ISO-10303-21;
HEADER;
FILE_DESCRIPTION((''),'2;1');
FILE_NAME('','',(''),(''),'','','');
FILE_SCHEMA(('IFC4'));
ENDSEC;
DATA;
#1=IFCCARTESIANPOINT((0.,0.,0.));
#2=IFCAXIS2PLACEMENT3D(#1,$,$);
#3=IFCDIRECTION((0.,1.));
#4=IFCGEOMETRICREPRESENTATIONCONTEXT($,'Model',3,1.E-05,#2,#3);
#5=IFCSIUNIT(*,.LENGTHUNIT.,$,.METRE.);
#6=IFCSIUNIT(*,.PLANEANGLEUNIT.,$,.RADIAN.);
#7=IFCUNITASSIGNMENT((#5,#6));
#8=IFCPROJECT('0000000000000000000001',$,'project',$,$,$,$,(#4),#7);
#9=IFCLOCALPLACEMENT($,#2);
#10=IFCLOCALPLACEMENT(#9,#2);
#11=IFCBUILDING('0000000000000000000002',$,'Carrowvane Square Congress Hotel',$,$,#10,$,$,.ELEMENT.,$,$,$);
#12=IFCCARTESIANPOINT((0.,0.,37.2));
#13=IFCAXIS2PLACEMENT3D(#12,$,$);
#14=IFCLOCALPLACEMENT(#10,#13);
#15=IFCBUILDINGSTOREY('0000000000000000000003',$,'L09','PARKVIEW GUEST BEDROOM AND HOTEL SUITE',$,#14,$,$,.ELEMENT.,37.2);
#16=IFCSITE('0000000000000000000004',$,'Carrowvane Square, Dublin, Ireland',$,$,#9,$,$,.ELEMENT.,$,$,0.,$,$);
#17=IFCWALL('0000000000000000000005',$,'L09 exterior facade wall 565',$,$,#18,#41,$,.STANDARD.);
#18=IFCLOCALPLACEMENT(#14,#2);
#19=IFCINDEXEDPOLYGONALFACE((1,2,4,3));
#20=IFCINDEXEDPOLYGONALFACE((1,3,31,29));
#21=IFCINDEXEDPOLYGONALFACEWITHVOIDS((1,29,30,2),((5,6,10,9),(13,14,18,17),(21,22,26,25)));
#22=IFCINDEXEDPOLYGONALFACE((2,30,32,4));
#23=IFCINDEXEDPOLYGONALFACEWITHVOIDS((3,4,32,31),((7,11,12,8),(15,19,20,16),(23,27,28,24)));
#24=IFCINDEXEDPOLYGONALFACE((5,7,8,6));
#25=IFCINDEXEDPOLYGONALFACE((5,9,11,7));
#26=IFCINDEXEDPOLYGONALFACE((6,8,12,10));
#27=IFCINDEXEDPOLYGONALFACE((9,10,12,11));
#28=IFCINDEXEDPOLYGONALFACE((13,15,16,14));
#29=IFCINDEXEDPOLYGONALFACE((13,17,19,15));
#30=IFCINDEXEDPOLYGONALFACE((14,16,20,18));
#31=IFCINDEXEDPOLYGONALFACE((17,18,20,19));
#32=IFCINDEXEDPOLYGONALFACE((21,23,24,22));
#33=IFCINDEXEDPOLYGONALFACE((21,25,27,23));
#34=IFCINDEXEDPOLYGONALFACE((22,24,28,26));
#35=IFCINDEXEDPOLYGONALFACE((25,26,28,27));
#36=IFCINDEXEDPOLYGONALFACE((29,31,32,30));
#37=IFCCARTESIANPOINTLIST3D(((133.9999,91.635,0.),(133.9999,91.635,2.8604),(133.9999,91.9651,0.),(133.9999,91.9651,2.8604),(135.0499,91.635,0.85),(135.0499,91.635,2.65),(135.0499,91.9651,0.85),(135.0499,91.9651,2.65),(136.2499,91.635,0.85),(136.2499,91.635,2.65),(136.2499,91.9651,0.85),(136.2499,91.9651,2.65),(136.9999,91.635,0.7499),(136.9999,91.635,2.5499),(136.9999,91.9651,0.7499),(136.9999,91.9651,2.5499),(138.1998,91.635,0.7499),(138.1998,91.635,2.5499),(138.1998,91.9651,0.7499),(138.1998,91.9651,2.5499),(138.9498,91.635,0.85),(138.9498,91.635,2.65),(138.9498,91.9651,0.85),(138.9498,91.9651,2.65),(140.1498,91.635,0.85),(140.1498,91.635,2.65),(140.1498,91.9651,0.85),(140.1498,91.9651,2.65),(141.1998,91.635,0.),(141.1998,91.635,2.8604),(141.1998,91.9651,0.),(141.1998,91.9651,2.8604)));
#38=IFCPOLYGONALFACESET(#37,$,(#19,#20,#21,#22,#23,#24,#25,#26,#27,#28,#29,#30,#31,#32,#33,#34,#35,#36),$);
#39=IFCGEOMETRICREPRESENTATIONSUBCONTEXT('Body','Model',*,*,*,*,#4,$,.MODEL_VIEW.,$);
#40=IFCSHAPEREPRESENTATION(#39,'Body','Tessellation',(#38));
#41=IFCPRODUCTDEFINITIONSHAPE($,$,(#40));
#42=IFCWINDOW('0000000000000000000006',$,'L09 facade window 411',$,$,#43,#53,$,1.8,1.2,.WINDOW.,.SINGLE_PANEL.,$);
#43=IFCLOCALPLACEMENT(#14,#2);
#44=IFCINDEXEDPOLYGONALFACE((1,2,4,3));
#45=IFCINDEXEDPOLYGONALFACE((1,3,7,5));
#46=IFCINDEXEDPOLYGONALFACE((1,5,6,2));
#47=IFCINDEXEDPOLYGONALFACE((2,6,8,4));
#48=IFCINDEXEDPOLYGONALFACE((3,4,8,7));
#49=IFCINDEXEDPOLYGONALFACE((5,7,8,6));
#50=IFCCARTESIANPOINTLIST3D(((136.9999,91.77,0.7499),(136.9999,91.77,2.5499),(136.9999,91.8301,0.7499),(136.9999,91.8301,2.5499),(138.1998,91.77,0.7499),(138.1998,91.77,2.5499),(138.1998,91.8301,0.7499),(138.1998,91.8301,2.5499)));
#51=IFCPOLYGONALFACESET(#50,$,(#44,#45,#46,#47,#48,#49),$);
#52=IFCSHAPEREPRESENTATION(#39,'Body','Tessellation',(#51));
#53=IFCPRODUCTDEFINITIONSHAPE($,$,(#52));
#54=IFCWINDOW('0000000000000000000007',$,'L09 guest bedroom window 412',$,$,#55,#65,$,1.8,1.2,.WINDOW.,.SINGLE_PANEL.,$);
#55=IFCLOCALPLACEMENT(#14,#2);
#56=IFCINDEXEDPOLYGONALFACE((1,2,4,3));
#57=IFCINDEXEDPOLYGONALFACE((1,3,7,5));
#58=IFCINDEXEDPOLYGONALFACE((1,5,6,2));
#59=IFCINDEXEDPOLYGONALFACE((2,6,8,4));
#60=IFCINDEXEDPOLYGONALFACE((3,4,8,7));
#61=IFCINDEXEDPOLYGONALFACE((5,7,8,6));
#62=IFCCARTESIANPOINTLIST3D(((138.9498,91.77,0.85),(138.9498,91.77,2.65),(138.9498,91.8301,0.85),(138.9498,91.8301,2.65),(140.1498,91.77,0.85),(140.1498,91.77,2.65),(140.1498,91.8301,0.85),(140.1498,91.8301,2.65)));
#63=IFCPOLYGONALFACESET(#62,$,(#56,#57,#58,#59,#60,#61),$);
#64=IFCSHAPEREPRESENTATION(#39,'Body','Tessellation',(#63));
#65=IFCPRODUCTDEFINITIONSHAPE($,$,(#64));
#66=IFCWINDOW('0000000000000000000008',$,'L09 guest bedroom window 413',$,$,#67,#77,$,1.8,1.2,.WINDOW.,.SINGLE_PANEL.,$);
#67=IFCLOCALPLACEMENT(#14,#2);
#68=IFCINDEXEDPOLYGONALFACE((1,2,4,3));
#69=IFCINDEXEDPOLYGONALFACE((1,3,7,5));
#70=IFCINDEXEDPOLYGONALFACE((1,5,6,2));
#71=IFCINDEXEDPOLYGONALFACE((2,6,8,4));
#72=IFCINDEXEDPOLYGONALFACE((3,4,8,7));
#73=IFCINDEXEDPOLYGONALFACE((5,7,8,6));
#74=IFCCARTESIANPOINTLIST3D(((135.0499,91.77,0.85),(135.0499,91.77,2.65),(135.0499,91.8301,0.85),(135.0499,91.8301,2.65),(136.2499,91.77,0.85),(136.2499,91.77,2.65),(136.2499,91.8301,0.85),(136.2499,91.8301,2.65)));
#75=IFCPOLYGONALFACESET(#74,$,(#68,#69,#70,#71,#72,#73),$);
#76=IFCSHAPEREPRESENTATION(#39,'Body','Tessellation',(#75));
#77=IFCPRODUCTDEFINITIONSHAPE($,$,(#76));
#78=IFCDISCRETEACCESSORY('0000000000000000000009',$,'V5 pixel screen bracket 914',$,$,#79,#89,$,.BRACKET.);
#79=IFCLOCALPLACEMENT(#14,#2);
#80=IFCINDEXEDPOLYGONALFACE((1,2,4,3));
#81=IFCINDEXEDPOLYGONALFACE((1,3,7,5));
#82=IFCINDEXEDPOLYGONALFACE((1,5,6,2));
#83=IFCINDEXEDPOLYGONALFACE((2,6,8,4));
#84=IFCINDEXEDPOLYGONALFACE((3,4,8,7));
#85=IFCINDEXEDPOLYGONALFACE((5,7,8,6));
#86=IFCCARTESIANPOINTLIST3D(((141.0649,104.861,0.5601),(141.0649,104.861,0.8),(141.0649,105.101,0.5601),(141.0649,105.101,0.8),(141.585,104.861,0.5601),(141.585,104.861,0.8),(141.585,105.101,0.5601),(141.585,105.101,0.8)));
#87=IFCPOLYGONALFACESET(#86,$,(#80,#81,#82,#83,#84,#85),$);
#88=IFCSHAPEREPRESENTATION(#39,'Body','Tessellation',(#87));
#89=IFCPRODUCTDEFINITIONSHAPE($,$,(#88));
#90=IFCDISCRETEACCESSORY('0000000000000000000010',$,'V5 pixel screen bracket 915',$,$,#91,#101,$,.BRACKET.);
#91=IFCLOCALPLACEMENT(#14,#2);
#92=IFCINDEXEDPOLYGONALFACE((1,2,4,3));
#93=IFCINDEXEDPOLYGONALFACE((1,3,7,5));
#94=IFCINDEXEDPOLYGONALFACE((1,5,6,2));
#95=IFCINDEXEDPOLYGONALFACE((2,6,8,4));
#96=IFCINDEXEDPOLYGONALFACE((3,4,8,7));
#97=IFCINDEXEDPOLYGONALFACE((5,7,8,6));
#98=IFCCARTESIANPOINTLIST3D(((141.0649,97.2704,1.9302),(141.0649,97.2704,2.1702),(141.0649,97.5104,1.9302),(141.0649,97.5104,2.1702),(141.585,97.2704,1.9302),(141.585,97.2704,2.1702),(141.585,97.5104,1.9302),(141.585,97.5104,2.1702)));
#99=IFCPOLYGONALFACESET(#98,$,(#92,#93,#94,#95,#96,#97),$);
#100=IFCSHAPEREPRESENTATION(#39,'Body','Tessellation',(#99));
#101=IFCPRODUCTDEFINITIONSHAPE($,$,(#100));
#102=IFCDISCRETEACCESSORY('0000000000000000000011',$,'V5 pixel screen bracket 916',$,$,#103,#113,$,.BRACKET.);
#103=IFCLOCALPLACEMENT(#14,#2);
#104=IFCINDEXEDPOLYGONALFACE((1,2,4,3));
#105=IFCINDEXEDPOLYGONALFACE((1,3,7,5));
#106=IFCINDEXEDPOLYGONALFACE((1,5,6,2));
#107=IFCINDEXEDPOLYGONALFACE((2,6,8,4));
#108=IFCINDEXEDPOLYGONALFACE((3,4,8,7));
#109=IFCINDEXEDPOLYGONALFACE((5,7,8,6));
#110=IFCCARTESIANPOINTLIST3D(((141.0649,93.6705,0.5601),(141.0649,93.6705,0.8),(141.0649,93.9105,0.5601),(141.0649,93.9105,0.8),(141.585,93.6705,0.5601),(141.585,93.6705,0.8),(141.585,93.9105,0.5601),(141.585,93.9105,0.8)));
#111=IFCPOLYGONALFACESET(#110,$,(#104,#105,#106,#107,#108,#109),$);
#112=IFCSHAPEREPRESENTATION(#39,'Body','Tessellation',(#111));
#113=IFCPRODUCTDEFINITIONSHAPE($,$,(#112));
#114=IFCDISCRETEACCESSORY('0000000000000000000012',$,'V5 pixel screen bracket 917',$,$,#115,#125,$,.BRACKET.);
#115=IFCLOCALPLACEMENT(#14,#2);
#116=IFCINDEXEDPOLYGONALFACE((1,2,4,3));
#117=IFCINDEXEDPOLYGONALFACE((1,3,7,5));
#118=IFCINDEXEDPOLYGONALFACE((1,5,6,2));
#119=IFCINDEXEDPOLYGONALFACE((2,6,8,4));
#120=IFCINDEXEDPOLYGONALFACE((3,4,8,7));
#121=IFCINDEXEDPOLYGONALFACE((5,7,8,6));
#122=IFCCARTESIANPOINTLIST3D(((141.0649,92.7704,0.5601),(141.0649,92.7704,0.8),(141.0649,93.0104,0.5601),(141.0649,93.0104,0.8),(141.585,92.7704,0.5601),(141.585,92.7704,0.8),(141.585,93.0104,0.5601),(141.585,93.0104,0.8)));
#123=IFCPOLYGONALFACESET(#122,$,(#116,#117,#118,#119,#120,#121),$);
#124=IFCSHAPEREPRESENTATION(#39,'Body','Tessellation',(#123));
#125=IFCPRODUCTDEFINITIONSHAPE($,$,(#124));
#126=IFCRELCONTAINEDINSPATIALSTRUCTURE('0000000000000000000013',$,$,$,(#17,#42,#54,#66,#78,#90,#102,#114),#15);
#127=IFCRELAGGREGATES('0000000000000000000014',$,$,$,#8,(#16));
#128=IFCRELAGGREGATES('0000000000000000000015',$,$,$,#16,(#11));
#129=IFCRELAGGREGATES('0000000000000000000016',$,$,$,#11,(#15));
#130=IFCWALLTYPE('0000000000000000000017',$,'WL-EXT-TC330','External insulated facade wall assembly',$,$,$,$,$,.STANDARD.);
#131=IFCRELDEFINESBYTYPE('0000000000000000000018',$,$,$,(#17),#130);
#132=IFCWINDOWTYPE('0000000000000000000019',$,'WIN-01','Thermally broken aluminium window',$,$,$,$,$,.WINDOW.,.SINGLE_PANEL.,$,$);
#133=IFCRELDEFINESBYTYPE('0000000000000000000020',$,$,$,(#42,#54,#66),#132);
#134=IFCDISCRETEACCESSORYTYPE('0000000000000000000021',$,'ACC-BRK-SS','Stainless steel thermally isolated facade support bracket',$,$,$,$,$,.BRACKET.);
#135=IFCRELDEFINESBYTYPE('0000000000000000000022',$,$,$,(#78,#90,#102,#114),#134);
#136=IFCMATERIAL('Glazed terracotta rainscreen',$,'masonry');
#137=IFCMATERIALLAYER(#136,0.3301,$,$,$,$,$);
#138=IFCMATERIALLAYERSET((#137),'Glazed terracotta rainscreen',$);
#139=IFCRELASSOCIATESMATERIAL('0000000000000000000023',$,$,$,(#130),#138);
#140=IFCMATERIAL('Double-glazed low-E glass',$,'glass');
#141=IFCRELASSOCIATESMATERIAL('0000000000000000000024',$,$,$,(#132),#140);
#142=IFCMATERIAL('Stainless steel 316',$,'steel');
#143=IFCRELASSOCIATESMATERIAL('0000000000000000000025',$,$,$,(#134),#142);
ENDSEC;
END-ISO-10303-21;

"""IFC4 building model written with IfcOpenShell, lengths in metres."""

from ifc_helpers import new_model, si_unit, direction, frame, frame_2d, origin, origin_2d, place, context, subcontext, project, spatial, rectangle, extrude, material, layer, layer_set, type_object, element, fill, save


model = new_model("IFC4")

# Units and contexts
model_context = context("Model", 3, precision=1e-05, world=origin(), true_north=direction((0.0, 1.0)))
body_context = subcontext(model_context, "Body", "Model", "MODEL_VIEW")
ifc_project = project(units=[si_unit("LENGTHUNIT", "METRE"), si_unit("PLANEANGLEUNIT", "RADIAN")], contexts=[model_context])

# Site, building, storey
site_placement = place(None, origin())
site = spatial("IfcSite", under=ifc_project, at=site_placement, Name="Carrowvane Square, Dublin, Ireland", CompositionType="ELEMENT", RefElevation=0.0)
building_placement = place(site_placement, origin())
building = spatial("IfcBuilding", under=site, at=building_placement, Name="Carrowvane Square Congress Hotel", CompositionType="ELEMENT")
storey_placement = place(building_placement, frame((0.0, 0.0, 37.2)))
storey = spatial("IfcBuildingStorey", under=building, at=storey_placement, Name="L09", Description="PARKVIEW GUEST BEDROOM AND HOTEL SUITE", CompositionType="ELEMENT", Elevation=37.2)

# Shared definitions
ifc_material_1 = material(Name="Glazed terracotta rainscreen", Category="masonry")
ifc_layer_1 = layer(ifc_material_1, 0.3301)
ifc_layer_set_1 = layer_set([ifc_layer_1], Name="Glazed terracotta rainscreen")
wall_type = type_object("IfcWallType", Name="WL-EXT-TC330", Description="External insulated facade wall assembly", PredefinedType="STANDARD", material=ifc_layer_set_1)

# Wall, openings, windows
wall_1_placement = place(storey_placement, frame((141.2, 91.8, 0.0), z_axis=(0.0, 0.0, 1.0), x_axis=(-1.0, 0.0, 0.0)))
wall_1 = element("IfcWall", 1, at=wall_1_placement, inside=storey, type_object=wall_type, Name="L09 exterior facade wall 565", PredefinedType="STANDARD", context=body_context, shape_type="SweptSolid", body=[
    extrude(rectangle(XDim=7.2, YDim=0.3301, at=frame_2d((3.6001, 0.0))), origin(), (0.0, 0.0, 1.0), 2.8604),
])
opening_1_placement = place(wall_1_placement, frame((3.0, 0.0, 0.75)))
opening_1 = element("IfcOpeningElement", 2, at=opening_1_placement, cuts=wall_1, PredefinedType="OPENING", context=body_context, shape_type="SweptSolid", body=[
    extrude(rectangle(XDim=1.2, YDim=1.8, at=frame_2d((0.6001, 0.8999))), frame((0.0, 0.175, 0.0), z_axis=(0.0, -1.0, 0.0), x_axis=(1.0, 0.0, 0.0)), (0.0, 0.0, 1.0), 0.3501),
])
opening_2_placement = place(wall_1_placement, frame((1.05, 0.0, 0.8501)))
opening_2 = element("IfcOpeningElement", 3, at=opening_2_placement, cuts=wall_1, PredefinedType="OPENING", context=body_context, shape_type="SweptSolid", body=[
    extrude(rectangle(XDim=1.2, YDim=1.8, at=frame_2d((0.6001, 0.8999))), frame((0.0, 0.175, 0.0), z_axis=(0.0, -1.0, 0.0), x_axis=(1.0, 0.0, 0.0)), (0.0, 0.0, 1.0), 0.3501),
])
opening_3_placement = place(wall_1_placement, frame((4.95, 0.0, 0.8501)))
opening_3 = element("IfcOpeningElement", 4, at=opening_3_placement, cuts=wall_1, PredefinedType="OPENING", context=body_context, shape_type="SweptSolid", body=[
    extrude(rectangle(XDim=1.2, YDim=1.8, at=frame_2d((0.6001, 0.8999))), frame((0.0, 0.175, 0.0), z_axis=(0.0, -1.0, 0.0), x_axis=(1.0, 0.0, 0.0)), (0.0, 0.0, 1.0), 0.3501),
])
ifc_material_2 = material(Name="Double-glazed low-E glass", Category="glass")
window_type_1 = type_object("IfcWindowType", Name="WIN-01", Description="Thermally broken aluminium window", PartitioningType="SINGLE_PANEL", PredefinedType="WINDOW", material=ifc_material_2)
window_1_placement = place(opening_1_placement, origin())
window_1 = element("IfcWindow", 5, at=window_1_placement, inside=storey, type_object=window_type_1, Name="L09 facade window 411", OverallHeight=1.8, OverallWidth=1.2, PartitioningType="SINGLE_PANEL", PredefinedType="WINDOW", context=body_context, shape_type="SweptSolid", body=[
    extrude(rectangle(XDim=1.2, YDim=1.8, at=frame_2d((0.6001, 0.8999))), frame((0.0, 0.03, 0.0), z_axis=(0.0, -1.0, 0.0), x_axis=(1.0, 0.0, 0.0)), (0.0, 0.0, 1.0), 0.0601),
])
fill(opening_1, window_1)
window_2_placement = place(opening_2_placement, origin())
window_2 = element("IfcWindow", 6, at=window_2_placement, inside=storey, type_object=window_type_1, Name="L09 guest bedroom window 412", OverallHeight=1.8, OverallWidth=1.2, PartitioningType="SINGLE_PANEL", PredefinedType="WINDOW", context=body_context, shape_type="SweptSolid", body=[
    extrude(rectangle(XDim=1.2, YDim=1.8, at=frame_2d((0.6001, 0.8999))), frame((0.0, 0.03, 0.0), z_axis=(0.0, -1.0, 0.0), x_axis=(1.0, 0.0, 0.0)), (0.0, 0.0, 1.0), 0.0601),
])
fill(opening_2, window_2)
window_3_placement = place(opening_3_placement, origin())
window_3 = element("IfcWindow", 7, at=window_3_placement, inside=storey, type_object=window_type_1, Name="L09 guest bedroom window 413", OverallHeight=1.8, OverallWidth=1.2, PartitioningType="SINGLE_PANEL", PredefinedType="WINDOW", context=body_context, shape_type="SweptSolid", body=[
    extrude(rectangle(XDim=1.2, YDim=1.8, at=frame_2d((0.6001, 0.8999))), frame((0.0, 0.03, 0.0), z_axis=(0.0, -1.0, 0.0), x_axis=(1.0, 0.0, 0.0)), (0.0, 0.0, 1.0), 0.0601),
])
fill(opening_3, window_3)

# Discrete accessories
ifc_material_3 = material(Name="Stainless steel 316", Category="steel")
discrete_accessory_type = type_object("IfcDiscreteAccessoryType", Name="ACC-BRK-SS", Description="Stainless steel thermally isolated facade support bracket", PredefinedType="BRACKET", material=ifc_material_3)
for number, where, z_axis, x_axis, name in (
    (8, (141.325, 104.981, 0.5601), (0.0, 0.0, 1.0), (0.0, -1.0, 0.0), "V5 pixel screen bracket 914"),
    (9, (141.325, 97.3904, 1.9302), (0.0, 0.0, 1.0), (0.0, -1.0, 0.0), "V5 pixel screen bracket 915"),
    (10, (141.325, 93.7905, 0.5601), (0.0, 0.0, 1.0), (0.0, -1.0, 0.0), "V5 pixel screen bracket 916"),
    (11, (141.325, 92.8904, 0.5601), (0.0, 0.0, 1.0), (0.0, -1.0, 0.0), "V5 pixel screen bracket 917"),
):
    element("IfcDiscreteAccessory", number, at=place(storey_placement, frame(where, z_axis=z_axis, x_axis=x_axis)), inside=storey, type_object=discrete_accessory_type, Name=name, PredefinedType="BRACKET", context=body_context, shape_type="SweptSolid", body=[
        extrude(rectangle(XDim=0.24, YDim=0.52, at=origin_2d()), origin(), (0.0, 0.0, 1.0), 0.24),
    ])

save(model, "model.ifc")
